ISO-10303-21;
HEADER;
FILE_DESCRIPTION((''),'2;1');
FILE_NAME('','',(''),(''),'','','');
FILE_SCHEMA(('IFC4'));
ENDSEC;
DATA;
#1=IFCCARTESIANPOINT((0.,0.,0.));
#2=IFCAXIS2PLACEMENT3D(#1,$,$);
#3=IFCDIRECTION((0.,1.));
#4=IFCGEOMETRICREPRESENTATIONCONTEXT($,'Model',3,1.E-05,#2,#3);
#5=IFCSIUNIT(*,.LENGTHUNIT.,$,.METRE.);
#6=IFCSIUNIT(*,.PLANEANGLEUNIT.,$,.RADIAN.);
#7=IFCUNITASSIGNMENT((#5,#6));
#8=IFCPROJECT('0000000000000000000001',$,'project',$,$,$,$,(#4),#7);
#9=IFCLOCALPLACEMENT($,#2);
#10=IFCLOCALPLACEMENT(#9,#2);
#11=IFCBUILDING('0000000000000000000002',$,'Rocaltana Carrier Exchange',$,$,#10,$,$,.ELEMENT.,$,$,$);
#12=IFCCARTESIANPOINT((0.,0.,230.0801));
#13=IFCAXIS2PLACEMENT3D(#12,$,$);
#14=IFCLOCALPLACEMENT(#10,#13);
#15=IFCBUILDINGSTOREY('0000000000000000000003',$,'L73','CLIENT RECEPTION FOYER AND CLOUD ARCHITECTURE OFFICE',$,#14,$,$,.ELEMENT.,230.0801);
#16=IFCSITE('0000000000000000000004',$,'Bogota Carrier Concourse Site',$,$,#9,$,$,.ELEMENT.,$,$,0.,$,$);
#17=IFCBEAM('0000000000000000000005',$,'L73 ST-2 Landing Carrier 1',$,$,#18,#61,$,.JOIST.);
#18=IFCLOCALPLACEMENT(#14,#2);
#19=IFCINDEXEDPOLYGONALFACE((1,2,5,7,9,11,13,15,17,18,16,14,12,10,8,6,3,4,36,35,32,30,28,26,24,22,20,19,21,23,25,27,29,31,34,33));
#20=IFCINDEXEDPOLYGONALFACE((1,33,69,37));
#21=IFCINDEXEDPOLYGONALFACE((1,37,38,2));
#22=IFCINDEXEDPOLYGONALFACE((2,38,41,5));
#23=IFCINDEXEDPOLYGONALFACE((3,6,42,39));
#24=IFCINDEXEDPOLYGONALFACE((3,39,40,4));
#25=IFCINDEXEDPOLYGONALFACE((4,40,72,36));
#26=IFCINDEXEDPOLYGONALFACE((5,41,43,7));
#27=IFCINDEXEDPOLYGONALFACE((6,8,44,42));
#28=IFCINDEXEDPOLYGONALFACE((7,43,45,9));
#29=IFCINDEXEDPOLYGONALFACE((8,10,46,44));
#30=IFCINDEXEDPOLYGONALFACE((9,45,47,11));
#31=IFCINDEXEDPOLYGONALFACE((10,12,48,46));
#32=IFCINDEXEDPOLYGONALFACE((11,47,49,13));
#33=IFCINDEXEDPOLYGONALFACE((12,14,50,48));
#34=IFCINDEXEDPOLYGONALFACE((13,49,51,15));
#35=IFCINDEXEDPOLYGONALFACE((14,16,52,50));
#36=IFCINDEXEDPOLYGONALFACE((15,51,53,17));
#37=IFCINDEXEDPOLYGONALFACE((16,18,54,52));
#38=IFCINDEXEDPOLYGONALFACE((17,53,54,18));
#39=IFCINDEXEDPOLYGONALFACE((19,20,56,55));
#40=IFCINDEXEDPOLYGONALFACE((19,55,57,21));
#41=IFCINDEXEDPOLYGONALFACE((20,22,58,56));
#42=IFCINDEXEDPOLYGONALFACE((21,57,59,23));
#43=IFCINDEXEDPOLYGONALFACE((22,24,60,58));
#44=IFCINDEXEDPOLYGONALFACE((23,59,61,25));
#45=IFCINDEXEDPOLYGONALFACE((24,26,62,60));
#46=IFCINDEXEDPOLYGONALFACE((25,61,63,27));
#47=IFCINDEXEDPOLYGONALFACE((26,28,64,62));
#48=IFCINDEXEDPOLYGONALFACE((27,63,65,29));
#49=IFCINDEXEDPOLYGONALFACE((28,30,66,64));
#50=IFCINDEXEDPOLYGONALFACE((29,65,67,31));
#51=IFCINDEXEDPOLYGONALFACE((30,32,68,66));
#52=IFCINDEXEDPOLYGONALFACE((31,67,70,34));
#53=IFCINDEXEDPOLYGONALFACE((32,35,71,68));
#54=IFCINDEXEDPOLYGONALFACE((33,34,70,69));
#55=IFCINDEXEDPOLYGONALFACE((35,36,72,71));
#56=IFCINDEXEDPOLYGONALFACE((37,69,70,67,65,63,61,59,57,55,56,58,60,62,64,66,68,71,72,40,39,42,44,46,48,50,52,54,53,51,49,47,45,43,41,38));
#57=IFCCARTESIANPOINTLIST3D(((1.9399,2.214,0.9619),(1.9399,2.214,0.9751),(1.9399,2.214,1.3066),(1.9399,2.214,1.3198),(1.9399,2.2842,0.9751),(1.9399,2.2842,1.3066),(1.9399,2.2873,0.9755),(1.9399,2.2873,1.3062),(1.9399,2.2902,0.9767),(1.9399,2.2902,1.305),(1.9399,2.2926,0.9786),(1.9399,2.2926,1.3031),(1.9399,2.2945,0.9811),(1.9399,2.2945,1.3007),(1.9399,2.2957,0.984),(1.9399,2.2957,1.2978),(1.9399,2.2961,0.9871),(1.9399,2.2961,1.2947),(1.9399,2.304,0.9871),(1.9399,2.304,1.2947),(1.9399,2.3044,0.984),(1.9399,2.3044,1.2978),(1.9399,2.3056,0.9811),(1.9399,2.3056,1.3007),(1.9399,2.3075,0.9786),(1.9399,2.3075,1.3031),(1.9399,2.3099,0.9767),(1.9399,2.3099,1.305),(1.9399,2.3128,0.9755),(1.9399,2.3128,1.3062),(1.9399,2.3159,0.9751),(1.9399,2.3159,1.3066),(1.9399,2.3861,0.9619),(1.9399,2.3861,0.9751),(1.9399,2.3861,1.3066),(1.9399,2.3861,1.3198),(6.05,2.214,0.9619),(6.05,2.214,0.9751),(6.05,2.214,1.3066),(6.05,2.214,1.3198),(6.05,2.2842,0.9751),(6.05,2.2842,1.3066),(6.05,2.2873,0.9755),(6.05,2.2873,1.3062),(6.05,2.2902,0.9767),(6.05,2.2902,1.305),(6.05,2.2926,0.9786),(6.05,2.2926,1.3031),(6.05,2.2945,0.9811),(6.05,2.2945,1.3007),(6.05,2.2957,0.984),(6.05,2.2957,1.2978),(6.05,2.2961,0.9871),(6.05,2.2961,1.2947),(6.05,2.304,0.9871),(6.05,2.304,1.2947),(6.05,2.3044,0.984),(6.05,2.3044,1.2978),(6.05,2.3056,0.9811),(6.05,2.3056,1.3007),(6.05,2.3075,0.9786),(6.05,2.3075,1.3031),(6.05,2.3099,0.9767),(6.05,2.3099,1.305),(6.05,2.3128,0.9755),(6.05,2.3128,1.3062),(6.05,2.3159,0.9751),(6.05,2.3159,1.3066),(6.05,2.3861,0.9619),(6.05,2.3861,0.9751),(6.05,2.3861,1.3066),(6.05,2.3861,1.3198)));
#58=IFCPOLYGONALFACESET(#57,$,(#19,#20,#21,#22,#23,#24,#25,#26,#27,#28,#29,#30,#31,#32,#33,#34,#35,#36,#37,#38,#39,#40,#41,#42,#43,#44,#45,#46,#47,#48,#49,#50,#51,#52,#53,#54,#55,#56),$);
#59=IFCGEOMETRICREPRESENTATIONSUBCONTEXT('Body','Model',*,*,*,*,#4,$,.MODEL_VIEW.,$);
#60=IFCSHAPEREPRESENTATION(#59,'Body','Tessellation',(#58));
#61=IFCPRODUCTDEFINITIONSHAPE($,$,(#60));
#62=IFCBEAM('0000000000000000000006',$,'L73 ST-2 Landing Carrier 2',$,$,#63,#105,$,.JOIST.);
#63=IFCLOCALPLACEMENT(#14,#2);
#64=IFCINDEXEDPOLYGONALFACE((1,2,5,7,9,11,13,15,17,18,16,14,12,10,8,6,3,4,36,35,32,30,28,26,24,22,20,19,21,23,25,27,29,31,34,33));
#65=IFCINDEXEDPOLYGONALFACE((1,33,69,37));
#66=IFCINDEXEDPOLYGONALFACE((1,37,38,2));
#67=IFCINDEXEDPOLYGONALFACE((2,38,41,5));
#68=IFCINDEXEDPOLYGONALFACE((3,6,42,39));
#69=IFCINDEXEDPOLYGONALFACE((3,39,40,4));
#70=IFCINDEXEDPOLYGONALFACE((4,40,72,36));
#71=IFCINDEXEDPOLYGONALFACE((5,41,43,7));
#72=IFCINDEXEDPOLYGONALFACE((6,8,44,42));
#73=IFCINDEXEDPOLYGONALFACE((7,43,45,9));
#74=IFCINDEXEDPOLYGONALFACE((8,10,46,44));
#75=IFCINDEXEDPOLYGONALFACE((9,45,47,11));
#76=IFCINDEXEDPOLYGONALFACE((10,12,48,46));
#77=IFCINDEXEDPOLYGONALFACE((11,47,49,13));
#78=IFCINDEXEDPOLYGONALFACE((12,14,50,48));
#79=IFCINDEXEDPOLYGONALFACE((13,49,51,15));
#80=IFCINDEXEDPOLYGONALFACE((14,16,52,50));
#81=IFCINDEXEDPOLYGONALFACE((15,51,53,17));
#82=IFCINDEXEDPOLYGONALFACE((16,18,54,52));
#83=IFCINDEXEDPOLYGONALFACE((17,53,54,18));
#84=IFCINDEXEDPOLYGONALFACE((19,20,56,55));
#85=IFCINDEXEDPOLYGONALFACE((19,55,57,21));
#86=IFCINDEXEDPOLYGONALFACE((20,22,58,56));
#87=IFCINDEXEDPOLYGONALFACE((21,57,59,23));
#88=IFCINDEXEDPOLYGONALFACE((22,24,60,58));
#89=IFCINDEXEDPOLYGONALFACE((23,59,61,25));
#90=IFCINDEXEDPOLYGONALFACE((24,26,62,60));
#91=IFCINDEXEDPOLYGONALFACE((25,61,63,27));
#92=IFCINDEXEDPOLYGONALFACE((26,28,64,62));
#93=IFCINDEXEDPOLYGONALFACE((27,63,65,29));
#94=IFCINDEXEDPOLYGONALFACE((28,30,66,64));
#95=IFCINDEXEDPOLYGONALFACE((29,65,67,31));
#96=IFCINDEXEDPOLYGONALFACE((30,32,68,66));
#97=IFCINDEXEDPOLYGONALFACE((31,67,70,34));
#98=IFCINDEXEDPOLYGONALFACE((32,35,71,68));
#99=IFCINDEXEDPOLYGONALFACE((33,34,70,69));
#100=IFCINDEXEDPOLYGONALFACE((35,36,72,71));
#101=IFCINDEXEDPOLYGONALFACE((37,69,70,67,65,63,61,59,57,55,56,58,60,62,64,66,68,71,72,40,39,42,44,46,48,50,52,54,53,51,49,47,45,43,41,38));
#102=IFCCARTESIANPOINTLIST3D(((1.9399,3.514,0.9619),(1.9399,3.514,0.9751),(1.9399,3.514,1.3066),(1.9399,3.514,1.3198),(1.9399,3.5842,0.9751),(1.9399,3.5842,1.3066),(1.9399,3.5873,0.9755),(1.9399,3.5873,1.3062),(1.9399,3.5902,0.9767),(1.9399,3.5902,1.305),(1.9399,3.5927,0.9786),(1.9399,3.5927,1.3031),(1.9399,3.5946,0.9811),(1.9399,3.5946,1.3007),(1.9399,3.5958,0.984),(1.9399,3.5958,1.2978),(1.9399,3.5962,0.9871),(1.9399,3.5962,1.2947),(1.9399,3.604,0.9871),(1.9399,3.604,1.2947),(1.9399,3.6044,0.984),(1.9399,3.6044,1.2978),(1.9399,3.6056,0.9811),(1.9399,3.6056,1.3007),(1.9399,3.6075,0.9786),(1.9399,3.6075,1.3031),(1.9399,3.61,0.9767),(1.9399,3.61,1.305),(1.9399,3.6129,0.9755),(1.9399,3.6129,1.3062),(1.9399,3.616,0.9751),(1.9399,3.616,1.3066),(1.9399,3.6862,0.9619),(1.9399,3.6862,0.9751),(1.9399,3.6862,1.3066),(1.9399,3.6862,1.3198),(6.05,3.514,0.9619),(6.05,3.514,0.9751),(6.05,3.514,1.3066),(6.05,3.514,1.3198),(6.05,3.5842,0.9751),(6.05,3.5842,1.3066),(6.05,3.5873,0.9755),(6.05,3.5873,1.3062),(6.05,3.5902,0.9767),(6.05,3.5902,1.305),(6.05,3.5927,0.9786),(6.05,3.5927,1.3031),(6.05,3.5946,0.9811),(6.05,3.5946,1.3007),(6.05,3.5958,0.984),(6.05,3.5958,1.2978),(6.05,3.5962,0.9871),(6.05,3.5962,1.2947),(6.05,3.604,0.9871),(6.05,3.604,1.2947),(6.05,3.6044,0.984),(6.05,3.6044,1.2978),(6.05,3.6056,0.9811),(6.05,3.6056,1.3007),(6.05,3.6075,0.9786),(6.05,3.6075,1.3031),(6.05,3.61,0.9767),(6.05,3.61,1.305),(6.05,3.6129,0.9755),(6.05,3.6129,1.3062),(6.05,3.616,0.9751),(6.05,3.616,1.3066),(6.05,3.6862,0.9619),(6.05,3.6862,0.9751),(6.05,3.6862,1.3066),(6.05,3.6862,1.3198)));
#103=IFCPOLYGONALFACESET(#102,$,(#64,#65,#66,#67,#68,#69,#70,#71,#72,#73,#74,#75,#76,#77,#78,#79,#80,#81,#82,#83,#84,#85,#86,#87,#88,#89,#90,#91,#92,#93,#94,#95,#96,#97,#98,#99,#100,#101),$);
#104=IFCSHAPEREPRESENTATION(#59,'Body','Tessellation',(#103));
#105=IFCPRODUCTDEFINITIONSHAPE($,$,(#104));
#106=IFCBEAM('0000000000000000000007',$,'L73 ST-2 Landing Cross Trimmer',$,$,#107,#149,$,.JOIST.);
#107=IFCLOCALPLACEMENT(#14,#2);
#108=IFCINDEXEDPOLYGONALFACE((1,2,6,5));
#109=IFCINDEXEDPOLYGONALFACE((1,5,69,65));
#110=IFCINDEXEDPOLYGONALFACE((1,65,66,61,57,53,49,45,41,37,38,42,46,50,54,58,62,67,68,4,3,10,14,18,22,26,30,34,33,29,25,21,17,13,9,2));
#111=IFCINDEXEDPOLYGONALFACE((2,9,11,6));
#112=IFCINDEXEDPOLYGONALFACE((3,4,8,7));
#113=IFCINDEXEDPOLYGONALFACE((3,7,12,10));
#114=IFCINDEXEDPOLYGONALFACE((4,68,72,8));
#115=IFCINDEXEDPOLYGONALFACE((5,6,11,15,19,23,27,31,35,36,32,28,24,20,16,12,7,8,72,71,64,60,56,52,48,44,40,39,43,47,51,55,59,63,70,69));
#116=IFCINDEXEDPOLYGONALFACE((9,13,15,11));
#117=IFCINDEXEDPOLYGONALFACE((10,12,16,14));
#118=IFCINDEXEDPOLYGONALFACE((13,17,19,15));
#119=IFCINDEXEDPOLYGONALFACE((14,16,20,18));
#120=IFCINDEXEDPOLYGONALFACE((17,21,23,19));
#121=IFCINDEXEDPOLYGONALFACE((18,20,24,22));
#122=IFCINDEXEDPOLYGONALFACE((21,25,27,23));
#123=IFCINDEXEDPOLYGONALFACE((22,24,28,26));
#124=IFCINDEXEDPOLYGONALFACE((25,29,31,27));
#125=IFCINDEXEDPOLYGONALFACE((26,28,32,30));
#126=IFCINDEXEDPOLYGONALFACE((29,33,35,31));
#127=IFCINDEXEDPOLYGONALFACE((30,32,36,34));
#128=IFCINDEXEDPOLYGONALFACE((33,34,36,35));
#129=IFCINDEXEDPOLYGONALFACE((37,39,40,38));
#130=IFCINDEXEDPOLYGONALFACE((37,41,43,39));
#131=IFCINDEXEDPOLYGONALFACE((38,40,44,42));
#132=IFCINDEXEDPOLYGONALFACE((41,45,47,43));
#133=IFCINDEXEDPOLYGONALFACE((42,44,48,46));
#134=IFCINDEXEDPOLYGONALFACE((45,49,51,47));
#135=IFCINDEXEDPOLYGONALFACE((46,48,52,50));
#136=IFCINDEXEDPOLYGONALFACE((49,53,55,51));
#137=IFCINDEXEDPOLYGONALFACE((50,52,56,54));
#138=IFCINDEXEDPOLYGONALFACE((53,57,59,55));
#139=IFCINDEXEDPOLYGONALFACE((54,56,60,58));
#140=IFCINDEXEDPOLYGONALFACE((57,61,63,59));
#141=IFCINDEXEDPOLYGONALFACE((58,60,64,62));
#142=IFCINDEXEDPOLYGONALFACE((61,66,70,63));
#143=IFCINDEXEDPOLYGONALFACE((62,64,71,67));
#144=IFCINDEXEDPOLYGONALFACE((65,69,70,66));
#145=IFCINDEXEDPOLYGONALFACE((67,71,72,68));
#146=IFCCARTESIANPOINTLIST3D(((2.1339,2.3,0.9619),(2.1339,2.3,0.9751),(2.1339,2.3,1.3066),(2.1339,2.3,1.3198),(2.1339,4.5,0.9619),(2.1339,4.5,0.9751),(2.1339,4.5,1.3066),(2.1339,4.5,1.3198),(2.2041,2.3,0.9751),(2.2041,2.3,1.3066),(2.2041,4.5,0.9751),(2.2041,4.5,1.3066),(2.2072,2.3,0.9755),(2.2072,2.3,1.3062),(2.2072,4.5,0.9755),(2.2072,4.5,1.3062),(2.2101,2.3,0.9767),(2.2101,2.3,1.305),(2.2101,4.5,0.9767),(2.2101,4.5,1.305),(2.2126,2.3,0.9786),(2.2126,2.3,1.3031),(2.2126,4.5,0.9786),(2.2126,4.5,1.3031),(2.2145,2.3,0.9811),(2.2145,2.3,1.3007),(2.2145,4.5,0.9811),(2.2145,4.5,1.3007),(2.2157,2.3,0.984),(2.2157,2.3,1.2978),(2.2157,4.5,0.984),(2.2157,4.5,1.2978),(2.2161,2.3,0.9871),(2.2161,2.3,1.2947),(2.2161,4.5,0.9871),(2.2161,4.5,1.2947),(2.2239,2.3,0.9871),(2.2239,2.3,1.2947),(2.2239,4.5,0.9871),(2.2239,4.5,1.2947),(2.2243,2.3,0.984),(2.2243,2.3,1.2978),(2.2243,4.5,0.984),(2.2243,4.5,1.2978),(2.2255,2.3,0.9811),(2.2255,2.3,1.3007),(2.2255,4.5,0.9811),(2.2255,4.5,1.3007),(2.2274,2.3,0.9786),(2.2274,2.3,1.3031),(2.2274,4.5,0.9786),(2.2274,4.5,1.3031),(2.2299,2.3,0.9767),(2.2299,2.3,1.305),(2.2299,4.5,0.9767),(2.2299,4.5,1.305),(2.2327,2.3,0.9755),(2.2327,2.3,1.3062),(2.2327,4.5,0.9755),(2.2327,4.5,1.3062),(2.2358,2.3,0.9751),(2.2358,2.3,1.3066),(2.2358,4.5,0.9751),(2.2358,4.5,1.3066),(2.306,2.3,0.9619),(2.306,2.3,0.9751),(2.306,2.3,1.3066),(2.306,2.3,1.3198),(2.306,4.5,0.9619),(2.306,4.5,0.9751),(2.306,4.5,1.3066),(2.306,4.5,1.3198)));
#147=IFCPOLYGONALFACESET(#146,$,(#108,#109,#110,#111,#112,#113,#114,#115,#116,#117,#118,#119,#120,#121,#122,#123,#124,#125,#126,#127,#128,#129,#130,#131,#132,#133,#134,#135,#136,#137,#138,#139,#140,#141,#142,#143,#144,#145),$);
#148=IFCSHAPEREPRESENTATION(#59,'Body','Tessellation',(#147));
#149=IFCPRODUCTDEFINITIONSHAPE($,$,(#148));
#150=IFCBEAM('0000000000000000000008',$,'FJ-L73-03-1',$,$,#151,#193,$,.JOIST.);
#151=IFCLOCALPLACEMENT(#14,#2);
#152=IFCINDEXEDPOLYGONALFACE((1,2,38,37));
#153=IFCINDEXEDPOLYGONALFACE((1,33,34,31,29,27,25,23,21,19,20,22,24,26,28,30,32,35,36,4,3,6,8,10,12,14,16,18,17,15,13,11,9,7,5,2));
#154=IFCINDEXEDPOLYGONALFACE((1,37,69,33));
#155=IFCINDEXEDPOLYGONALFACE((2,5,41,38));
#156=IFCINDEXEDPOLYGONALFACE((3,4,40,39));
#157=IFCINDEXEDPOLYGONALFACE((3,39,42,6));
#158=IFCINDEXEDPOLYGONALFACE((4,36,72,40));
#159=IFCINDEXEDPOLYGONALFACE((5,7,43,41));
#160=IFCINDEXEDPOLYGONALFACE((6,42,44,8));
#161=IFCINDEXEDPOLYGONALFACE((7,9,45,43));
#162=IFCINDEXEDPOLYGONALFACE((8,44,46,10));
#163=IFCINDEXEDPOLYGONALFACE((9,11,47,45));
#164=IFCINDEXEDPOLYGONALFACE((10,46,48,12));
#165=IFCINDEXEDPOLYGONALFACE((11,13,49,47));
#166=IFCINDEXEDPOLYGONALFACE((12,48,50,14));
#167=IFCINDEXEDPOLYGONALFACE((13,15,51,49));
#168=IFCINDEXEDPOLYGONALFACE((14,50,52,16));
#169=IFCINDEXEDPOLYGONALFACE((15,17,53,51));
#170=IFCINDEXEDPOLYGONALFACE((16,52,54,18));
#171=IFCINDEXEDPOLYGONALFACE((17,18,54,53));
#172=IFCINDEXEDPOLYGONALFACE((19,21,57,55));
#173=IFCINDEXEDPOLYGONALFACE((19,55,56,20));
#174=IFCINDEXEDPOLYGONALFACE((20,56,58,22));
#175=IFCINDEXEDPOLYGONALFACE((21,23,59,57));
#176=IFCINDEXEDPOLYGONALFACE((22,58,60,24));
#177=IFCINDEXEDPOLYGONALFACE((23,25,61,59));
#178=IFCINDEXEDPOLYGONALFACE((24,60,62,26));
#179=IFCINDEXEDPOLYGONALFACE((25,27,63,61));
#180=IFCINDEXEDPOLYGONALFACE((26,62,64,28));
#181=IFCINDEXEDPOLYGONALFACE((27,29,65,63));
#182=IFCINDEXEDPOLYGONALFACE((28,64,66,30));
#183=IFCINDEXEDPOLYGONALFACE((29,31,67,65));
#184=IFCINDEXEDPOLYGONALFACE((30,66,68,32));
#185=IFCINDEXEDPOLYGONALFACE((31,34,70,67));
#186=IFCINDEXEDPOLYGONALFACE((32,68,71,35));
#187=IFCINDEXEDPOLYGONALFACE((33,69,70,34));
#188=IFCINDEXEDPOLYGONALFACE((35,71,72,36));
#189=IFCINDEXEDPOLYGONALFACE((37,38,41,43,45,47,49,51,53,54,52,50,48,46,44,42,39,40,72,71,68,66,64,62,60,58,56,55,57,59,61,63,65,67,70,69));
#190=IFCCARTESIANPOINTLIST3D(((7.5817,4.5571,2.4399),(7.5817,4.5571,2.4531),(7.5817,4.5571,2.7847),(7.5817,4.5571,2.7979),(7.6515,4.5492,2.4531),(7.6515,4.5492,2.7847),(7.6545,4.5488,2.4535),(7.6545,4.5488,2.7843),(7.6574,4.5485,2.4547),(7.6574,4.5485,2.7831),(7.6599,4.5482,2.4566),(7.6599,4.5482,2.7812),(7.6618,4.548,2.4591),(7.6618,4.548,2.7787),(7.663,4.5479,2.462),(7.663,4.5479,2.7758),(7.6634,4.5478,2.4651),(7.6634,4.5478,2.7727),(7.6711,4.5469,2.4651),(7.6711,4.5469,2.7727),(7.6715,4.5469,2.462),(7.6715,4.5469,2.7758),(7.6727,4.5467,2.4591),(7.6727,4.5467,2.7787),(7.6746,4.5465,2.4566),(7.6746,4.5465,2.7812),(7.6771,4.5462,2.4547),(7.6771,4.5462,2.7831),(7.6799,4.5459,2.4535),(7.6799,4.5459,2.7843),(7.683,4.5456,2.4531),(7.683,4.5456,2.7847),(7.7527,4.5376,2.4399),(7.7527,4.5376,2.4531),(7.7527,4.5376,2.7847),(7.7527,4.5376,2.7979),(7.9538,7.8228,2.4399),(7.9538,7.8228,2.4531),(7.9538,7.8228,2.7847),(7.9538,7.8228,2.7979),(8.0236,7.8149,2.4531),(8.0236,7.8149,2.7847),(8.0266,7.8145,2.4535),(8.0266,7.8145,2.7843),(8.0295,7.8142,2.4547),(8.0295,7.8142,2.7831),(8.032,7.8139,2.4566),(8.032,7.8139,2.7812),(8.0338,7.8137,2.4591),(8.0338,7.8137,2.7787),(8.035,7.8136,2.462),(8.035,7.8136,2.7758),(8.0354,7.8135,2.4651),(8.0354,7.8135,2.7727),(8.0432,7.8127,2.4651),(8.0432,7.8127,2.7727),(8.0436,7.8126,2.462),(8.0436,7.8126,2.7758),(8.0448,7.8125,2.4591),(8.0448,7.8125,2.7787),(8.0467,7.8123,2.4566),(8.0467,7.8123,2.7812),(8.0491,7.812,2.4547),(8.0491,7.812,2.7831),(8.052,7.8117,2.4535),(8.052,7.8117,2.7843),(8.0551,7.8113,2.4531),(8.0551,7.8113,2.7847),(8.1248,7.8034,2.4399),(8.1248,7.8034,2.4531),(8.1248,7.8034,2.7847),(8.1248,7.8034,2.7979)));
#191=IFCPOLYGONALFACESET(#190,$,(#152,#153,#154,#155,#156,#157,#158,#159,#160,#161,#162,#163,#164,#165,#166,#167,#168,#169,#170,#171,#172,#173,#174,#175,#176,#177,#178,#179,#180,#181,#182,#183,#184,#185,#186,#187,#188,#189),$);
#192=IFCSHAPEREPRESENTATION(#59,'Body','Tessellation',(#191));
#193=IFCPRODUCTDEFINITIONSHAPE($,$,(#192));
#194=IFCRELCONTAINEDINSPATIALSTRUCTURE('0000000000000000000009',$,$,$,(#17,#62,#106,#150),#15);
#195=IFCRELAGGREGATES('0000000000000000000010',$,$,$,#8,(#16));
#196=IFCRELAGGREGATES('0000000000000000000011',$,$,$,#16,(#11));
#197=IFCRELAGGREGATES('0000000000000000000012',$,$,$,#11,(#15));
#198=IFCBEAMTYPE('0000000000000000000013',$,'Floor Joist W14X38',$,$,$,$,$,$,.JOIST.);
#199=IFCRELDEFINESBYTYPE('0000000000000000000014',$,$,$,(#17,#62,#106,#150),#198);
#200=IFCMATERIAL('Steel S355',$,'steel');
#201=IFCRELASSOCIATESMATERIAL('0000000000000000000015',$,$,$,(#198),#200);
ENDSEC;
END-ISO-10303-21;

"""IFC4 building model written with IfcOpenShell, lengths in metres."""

from ifc_helpers import new_model, si_unit, direction, frame, origin, origin_2d, place, context, subcontext, project, spatial, i_section, extrude, material, material_profile, profile_set, type_object, element, save


model = new_model("IFC4")

# Units and contexts
model_context = context("Model", 3, precision=1e-05, world=origin(), true_north=direction((0.0, 1.0)))
body_context = subcontext(model_context, "Body", "Model", "MODEL_VIEW")
ifc_project = project(units=[si_unit("LENGTHUNIT", "METRE"), si_unit("PLANEANGLEUNIT", "RADIAN")], contexts=[model_context])

# Site, building, storey
site_placement = place(None, origin())
site = spatial("IfcSite", under=ifc_project, at=site_placement, Name="Bogota Carrier Concourse Site", CompositionType="ELEMENT", RefElevation=0.0)
building_placement = place(site_placement, origin())
building = spatial("IfcBuilding", under=site, at=building_placement, Name="Rocaltana Carrier Exchange", CompositionType="ELEMENT")
storey_placement = place(building_placement, frame((0.0, 0.0, 230.0801)))
storey = spatial("IfcBuildingStorey", under=building, at=storey_placement, Name="L73", Description="CLIENT RECEPTION FOYER AND CLOUD ARCHITECTURE OFFICE", CompositionType="ELEMENT", Elevation=230.0801)

# Beams
ifc_material_1 = material(Name="Steel S355", Category="steel")
ifc_material_profile_1 = material_profile(ifc_material_1, i_section(OverallWidth=0.1721, OverallDepth=0.3579, WebThickness=0.0078, FlangeThickness=0.0132, FilletRadius=0.012, at=origin_2d()), Name="W14X38")
ifc_profile_set_1 = profile_set([ifc_material_profile_1], Name="Steel S355")
beam_type_1 = type_object("IfcBeamType", Name="Floor Joist W14X38", PredefinedType="JOIST", material=ifc_profile_set_1)
for number, where, z_axis, x_axis, name in (
    (1, (1.9399, 2.3, 1.1409), (1.0, 0.0, 0.0), (0.0, 1.0, 0.0), "L73 ST-2 Landing Carrier 1"),
    (2, (1.9399, 3.6001, 1.1409), (1.0, 0.0, 0.0), (0.0, 1.0, 0.0), "L73 ST-2 Landing Carrier 2"),
):
    element("IfcBeam", number, at=place(storey_placement, frame(where, z_axis=z_axis, x_axis=x_axis)), inside=storey, type_object=beam_type_1, Name=name, PredefinedType="JOIST", context=body_context, shape_type="SweptSolid", body=[
        extrude(i_section(OverallWidth=0.1721, OverallDepth=0.3579, WebThickness=0.0078, FlangeThickness=0.0132, FilletRadius=0.012, at=origin_2d()), origin(), (0.0, 0.0, 1.0), 4.1101),
    ])
beam_1_placement = place(storey_placement, frame((2.22, 2.3, 1.1409), z_axis=(0.0, 1.0, 0.0), x_axis=(-1.0, 0.0, 0.0)))
element("IfcBeam", 3, at=beam_1_placement, inside=storey, type_object=beam_type_1, Name="L73 ST-2 Landing Cross Trimmer", PredefinedType="JOIST", context=body_context, shape_type="SweptSolid", body=[
    extrude(i_section(OverallWidth=0.1721, OverallDepth=0.3579, WebThickness=0.0078, FlangeThickness=0.0132, FilletRadius=0.012, at=origin_2d()), origin(), (0.0, 0.0, 1.0), 2.2),
])
beam_2_placement = place(storey_placement, frame((7.6672, 4.5474, 2.6189), z_axis=(0.113203, 0.993572, 0.0), x_axis=(-0.993572, 0.113203, 0.0)))
element("IfcBeam", 4, at=beam_2_placement, inside=storey, type_object=beam_type_1, Name="FJ-L73-03-1", PredefinedType="JOIST", context=body_context, shape_type="SweptSolid", body=[
    extrude(i_section(OverallWidth=0.1721, OverallDepth=0.3579, WebThickness=0.0078, FlangeThickness=0.0132, FilletRadius=0.012, at=origin_2d()), origin(), (0.0, 0.0, 1.0), 3.2869),
])

save(model, "model.ifc")
